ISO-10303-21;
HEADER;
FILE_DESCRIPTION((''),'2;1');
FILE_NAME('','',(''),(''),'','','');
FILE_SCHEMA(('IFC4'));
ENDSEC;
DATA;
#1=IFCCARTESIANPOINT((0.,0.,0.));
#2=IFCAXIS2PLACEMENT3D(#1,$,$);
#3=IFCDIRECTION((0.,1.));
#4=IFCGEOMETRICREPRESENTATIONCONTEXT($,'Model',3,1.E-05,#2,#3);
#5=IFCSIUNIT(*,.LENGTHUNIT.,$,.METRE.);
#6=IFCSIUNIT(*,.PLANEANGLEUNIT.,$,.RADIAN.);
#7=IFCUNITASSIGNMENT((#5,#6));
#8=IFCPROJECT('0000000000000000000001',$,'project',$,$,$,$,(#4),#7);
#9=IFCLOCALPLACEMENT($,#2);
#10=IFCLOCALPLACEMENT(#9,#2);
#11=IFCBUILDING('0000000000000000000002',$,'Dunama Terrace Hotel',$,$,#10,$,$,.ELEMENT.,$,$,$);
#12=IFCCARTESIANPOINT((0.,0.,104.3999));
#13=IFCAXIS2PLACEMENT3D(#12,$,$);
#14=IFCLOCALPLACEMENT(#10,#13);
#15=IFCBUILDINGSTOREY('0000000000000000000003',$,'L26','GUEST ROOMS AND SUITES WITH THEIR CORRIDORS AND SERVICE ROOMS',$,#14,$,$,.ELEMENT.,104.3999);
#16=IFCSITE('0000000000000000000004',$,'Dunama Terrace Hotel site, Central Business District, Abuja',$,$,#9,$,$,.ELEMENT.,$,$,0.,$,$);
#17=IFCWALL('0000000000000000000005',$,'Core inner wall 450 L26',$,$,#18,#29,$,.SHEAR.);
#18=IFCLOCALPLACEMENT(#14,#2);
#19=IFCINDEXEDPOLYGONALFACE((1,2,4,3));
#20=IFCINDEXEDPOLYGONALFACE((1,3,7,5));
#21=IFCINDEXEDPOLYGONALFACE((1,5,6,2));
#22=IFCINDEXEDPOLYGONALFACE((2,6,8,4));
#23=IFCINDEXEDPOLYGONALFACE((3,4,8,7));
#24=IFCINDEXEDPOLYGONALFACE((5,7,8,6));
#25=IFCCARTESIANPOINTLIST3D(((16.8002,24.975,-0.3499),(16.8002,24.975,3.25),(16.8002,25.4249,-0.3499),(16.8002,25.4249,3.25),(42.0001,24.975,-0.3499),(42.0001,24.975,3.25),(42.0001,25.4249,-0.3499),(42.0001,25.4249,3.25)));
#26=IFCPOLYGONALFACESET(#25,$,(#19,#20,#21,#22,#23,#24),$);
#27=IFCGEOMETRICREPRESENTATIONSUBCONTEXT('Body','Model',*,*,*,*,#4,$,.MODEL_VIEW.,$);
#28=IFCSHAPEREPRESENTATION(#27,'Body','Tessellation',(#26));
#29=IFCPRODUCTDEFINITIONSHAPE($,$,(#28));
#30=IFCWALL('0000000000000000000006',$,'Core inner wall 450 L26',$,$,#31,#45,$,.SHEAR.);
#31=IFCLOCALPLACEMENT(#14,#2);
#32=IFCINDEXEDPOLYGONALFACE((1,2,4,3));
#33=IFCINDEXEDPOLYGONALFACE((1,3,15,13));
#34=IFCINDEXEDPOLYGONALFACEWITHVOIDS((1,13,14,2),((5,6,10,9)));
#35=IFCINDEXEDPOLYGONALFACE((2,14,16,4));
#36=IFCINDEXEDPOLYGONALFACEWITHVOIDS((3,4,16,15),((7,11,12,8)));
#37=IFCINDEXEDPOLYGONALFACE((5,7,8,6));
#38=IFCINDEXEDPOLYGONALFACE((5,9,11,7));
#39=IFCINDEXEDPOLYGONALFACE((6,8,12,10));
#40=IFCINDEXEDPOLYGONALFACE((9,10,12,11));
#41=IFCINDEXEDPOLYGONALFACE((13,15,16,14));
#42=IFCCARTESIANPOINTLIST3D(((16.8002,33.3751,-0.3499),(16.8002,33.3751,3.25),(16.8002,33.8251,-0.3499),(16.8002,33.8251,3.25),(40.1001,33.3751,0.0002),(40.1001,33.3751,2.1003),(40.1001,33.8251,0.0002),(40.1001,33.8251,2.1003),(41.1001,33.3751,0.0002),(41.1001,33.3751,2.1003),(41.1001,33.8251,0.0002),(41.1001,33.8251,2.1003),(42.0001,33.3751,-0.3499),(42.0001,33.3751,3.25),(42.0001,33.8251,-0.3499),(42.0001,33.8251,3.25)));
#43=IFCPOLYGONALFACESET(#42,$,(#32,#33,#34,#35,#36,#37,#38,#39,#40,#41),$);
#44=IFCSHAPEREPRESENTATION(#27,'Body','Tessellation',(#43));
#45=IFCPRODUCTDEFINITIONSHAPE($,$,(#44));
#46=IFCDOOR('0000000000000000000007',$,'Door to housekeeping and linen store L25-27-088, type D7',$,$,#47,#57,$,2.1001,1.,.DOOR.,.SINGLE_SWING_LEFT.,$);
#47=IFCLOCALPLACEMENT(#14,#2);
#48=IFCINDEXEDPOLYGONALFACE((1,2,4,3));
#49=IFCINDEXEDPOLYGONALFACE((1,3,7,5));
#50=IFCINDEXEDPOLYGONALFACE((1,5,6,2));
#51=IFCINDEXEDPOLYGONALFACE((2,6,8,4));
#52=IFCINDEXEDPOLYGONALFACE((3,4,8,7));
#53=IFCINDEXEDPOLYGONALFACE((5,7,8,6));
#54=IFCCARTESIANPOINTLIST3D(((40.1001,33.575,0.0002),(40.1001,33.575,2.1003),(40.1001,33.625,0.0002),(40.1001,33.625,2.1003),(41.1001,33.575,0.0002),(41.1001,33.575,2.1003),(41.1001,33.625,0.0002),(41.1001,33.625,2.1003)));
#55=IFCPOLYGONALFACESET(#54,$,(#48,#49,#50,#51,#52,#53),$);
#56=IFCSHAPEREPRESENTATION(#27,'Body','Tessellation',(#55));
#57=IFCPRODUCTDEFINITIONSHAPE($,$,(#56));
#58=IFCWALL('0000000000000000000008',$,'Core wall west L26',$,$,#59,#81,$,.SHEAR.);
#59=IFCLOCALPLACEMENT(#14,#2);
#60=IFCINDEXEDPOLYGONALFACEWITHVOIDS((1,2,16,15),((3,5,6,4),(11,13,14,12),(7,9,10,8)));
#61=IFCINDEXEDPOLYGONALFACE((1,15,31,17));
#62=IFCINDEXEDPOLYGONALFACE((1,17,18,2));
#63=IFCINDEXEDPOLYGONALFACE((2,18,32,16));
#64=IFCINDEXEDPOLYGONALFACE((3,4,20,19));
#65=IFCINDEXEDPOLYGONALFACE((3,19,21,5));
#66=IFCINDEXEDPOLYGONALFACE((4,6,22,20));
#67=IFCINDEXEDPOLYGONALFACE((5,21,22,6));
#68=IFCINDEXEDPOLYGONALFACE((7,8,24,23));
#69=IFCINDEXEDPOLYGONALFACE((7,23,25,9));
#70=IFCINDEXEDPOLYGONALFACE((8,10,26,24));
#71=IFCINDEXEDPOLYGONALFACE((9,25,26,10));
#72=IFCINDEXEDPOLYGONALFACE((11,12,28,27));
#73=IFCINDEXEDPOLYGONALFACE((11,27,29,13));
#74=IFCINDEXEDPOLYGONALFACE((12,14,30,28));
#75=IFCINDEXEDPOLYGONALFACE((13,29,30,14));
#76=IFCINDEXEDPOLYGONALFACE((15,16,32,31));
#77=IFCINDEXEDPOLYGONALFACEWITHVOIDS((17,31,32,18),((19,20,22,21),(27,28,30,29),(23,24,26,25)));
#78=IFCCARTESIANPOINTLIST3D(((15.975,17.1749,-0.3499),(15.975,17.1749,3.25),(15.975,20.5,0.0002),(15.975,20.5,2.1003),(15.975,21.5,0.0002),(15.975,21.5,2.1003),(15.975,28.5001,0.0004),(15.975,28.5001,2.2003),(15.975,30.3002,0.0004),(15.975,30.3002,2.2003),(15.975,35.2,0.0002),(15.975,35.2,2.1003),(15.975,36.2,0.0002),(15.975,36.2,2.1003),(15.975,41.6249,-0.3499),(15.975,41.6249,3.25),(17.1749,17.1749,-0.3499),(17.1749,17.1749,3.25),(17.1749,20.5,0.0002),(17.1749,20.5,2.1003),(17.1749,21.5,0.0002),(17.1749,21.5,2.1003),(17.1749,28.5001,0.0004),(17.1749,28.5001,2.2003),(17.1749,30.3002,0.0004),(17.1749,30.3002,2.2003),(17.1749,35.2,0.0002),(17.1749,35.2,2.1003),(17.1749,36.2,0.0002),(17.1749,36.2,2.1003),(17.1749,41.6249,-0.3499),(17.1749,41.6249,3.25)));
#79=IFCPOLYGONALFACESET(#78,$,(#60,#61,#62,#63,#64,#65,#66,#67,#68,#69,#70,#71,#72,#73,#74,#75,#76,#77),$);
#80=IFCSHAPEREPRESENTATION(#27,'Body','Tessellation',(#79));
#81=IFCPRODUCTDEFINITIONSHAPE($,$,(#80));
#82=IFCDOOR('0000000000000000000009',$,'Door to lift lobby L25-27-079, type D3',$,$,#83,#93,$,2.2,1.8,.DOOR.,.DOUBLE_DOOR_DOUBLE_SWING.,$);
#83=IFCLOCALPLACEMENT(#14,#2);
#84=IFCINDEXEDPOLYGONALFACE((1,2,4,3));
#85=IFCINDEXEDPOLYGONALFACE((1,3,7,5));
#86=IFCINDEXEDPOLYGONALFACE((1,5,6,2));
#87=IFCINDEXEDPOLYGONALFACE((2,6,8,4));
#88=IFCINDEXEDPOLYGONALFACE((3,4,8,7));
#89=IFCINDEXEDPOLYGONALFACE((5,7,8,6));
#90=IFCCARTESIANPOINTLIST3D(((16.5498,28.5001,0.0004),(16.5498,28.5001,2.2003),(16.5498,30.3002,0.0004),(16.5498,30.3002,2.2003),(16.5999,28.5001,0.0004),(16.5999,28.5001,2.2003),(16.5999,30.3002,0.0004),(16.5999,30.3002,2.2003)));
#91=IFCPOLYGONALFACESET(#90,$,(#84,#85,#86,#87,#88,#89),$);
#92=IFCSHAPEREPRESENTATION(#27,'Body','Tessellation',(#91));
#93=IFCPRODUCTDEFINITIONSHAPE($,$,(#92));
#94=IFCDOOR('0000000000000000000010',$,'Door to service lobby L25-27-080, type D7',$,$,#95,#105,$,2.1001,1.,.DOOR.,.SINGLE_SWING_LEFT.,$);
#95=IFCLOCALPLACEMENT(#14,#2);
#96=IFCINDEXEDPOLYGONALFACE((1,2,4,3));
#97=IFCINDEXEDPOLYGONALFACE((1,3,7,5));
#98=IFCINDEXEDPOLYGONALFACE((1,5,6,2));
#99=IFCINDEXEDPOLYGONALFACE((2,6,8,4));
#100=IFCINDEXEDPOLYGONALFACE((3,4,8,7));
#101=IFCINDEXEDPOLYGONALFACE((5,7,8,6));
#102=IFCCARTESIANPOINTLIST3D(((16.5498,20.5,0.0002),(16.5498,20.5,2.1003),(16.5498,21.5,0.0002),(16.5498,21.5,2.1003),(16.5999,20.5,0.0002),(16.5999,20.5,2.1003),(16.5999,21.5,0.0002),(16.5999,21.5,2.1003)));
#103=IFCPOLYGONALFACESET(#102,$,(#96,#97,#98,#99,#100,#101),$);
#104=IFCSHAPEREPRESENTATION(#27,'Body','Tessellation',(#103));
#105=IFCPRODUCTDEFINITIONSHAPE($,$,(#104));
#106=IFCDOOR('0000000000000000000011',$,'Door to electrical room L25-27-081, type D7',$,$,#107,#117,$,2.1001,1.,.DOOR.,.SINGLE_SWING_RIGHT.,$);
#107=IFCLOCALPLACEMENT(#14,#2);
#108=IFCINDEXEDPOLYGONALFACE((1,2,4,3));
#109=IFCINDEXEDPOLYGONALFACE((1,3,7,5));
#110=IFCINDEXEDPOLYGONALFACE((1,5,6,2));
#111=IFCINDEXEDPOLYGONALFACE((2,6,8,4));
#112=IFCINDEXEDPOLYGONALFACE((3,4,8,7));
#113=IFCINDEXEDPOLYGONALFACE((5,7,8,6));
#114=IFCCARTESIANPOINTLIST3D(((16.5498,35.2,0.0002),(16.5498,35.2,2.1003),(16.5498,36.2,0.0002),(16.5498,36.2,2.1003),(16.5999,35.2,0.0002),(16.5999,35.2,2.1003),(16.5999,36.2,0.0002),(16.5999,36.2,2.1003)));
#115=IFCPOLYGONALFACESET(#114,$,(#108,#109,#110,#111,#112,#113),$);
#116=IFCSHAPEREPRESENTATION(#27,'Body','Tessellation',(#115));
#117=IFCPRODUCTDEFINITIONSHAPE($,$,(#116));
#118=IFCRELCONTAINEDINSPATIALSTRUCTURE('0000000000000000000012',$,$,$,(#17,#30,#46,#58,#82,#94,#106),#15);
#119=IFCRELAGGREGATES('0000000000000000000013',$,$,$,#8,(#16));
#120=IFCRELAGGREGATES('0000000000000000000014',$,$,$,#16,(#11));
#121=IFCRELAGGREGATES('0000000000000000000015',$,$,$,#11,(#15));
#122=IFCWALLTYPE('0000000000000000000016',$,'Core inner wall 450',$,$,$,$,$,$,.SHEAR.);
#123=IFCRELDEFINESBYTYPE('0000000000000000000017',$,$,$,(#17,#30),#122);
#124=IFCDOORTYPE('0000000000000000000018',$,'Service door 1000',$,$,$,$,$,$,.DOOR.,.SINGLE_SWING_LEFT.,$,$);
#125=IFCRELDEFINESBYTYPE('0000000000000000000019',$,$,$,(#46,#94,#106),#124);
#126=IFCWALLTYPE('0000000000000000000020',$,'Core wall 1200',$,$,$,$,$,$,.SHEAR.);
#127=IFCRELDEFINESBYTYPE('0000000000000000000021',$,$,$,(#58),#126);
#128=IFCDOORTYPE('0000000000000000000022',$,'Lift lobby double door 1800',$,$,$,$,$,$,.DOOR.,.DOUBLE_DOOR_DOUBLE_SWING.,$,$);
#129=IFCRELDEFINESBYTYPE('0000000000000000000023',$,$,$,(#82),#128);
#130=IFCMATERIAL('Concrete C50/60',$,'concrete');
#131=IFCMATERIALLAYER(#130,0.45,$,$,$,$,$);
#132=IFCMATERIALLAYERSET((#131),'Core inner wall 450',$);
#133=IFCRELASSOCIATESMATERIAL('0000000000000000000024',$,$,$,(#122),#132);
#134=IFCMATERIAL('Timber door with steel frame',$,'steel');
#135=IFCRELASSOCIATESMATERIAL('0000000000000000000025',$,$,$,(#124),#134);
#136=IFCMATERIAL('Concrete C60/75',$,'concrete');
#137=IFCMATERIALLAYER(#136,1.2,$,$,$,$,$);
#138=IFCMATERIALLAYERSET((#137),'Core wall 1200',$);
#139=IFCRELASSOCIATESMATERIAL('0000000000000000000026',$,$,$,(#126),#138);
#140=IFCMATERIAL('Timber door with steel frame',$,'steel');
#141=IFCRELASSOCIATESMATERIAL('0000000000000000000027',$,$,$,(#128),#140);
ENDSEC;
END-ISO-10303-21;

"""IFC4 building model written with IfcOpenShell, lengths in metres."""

from ifc_helpers import new_model, si_unit, direction, frame, frame_2d, origin, place, context, subcontext, project, spatial, rectangle, extrude, material, layer, layer_set, type_object, element, fill, save


model = new_model("IFC4")

# Units and contexts
model_context = context("Model", 3, precision=1e-05, world=origin(), true_north=direction((0.0, 1.0)))
body_context = subcontext(model_context, "Body", "Model", "MODEL_VIEW")
ifc_project = project(units=[si_unit("LENGTHUNIT", "METRE"), si_unit("PLANEANGLEUNIT", "RADIAN")], contexts=[model_context])

# Site, building, storey
site_placement = place(None, origin())
site = spatial("IfcSite", under=ifc_project, at=site_placement, Name="Dunama Terrace Hotel site, Central Business District, Abuja", CompositionType="ELEMENT", RefElevation=0.0)
building_placement = place(site_placement, origin())
building = spatial("IfcBuilding", under=site, at=building_placement, Name="Dunama Terrace Hotel", CompositionType="ELEMENT")
storey_placement = place(building_placement, frame((0.0, 0.0, 104.3999)))
storey = spatial("IfcBuildingStorey", under=building, at=storey_placement, Name="L26", Description="GUEST ROOMS AND SUITES WITH THEIR CORRIDORS AND SERVICE ROOMS", CompositionType="ELEMENT", Elevation=104.3999)

# Wall
ifc_material_1 = material(Name="Concrete C50/60", Category="concrete")
ifc_layer_1 = layer(ifc_material_1, 0.45)
ifc_layer_set_1 = layer_set([ifc_layer_1], Name="Core inner wall 450")
wall_type_1 = type_object("IfcWallType", Name="Core inner wall 450", PredefinedType="SHEAR", material=ifc_layer_set_1)
wall_1_placement = place(storey_placement, frame((16.8, 25.2, -0.3499), z_axis=(0.0, 0.0, 1.0), x_axis=(1.0, 0.0, 0.0)))
element("IfcWall", 1, at=wall_1_placement, inside=storey, type_object=wall_type_1, Name="Core inner wall 450 L26", PredefinedType="SHEAR", context=body_context, shape_type="SweptSolid", body=[
    extrude(rectangle(XDim=25.2, YDim=0.45, at=frame_2d((12.6001, 0.0))), origin(), (0.0, 0.0, 1.0), 3.5999),
])

# Wall, opening, door
wall_2_placement = place(storey_placement, frame((16.8, 33.6001, -0.3499), z_axis=(0.0, 0.0, 1.0), x_axis=(1.0, 0.0, 0.0)))
wall_2 = element("IfcWall", 2, at=wall_2_placement, inside=storey, type_object=wall_type_1, Name="Core inner wall 450 L26", PredefinedType="SHEAR", context=body_context, shape_type="SweptSolid", body=[
    extrude(rectangle(XDim=25.2, YDim=0.45, at=frame_2d((12.6001, 0.0))), origin(), (0.0, 0.0, 1.0), 3.5999),
])
opening_1_placement = place(wall_2_placement, frame((23.3, 0.0, 0.3501)))
opening_1 = element("IfcOpeningElement", 3, at=opening_1_placement, cuts=wall_2, PredefinedType="OPENING", context=body_context, shape_type="SweptSolid", body=[
    extrude(rectangle(XDim=1.0, YDim=2.1001, at=frame_2d((0.5, 1.05))), frame((0.0, 0.2349, 0.0), z_axis=(0.0, -1.0, 0.0), x_axis=(1.0, 0.0, 0.0)), (0.0, 0.0, 1.0), 0.47),
])
ifc_material_2 = material(Name="Timber door with steel frame", Category="steel")
door_type_1 = type_object("IfcDoorType", Name="Service door 1000", OperationType="SINGLE_SWING_LEFT", PredefinedType="DOOR", material=ifc_material_2)
door_1_placement = place(opening_1_placement, frame((1.0, 0.0, 0.0), z_axis=(0.0, 0.0, 1.0), x_axis=(-1.0, 0.0, 0.0)))
door_1 = element("IfcDoor", 4, at=door_1_placement, inside=storey, type_object=door_type_1, Name="Door to housekeeping and linen store L25-27-088, type D7", OperationType="SINGLE_SWING_LEFT", OverallHeight=2.1001, OverallWidth=1.0, PredefinedType="DOOR", context=body_context, shape_type="SweptSolid", body=[
    extrude(rectangle(XDim=1.0, YDim=2.1001, at=frame_2d((0.5, 1.05))), frame((0.0, 0.0251, 0.0), z_axis=(0.0, -1.0, 0.0), x_axis=(1.0, 0.0, 0.0)), (0.0, 0.0, 1.0), 0.05),
])
fill(opening_1, door_1)

# Wall, openings, doors
ifc_material_3 = material(Name="Concrete C60/75", Category="concrete")
ifc_layer_2 = layer(ifc_material_3, 1.2)
ifc_layer_set_2 = layer_set([ifc_layer_2], Name="Core wall 1200")
wall_type_2 = type_object("IfcWallType", Name="Core wall 1200", PredefinedType="SHEAR", material=ifc_layer_set_2)
wall_3_placement = place(storey_placement, frame((16.575, 41.625, -0.3499), z_axis=(0.0, 0.0, 1.0), x_axis=(0.0, -1.0, 0.0)))
wall_3 = element("IfcWall", 5, at=wall_3_placement, inside=storey, type_object=wall_type_2, Name="Core wall west L26", PredefinedType="SHEAR", context=body_context, shape_type="SweptSolid", body=[
    extrude(rectangle(XDim=24.45, YDim=1.2, at=frame_2d((12.2251, 0.0))), origin(), (0.0, 0.0, 1.0), 3.5999),
])
opening_2_placement = place(wall_3_placement, frame((11.325, 0.0, 0.3501)))
opening_2 = element("IfcOpeningElement", 6, at=opening_2_placement, cuts=wall_3, PredefinedType="OPENING", context=body_context, shape_type="SweptSolid", body=[
    extrude(rectangle(XDim=1.8, YDim=2.2, at=frame_2d((0.8999, 1.1001))), frame((0.0, 0.6099, 0.0), z_axis=(0.0, -1.0, 0.0), x_axis=(1.0, 0.0, 0.0)), (0.0, 0.0, 1.0), 1.22),
])
opening_3_placement = place(wall_3_placement, frame((20.125, 0.0, 0.3501)))
opening_3 = element("IfcOpeningElement", 7, at=opening_3_placement, cuts=wall_3, PredefinedType="OPENING", context=body_context, shape_type="SweptSolid", body=[
    extrude(rectangle(XDim=1.0, YDim=2.1001, at=frame_2d((0.5, 1.05))), frame((0.0, 0.6099, 0.0), z_axis=(0.0, -1.0, 0.0), x_axis=(1.0, 0.0, 0.0)), (0.0, 0.0, 1.0), 1.22),
])
opening_4_placement = place(wall_3_placement, frame((5.425, 0.0, 0.3501)))
opening_4 = element("IfcOpeningElement", 8, at=opening_4_placement, cuts=wall_3, PredefinedType="OPENING", context=body_context, shape_type="SweptSolid", body=[
    extrude(rectangle(XDim=1.0, YDim=2.1001, at=frame_2d((0.5, 1.05))), frame((0.0, 0.6099, 0.0), z_axis=(0.0, -1.0, 0.0), x_axis=(1.0, 0.0, 0.0)), (0.0, 0.0, 1.0), 1.22),
])
ifc_material_4 = material(Name="Timber door with steel frame", Category="steel")
door_type_2 = type_object("IfcDoorType", Name="Lift lobby double door 1800", OperationType="DOUBLE_DOOR_DOUBLE_SWING", PredefinedType="DOOR", material=ifc_material_4)
door_2_placement = place(opening_2_placement, origin())
door_2 = element("IfcDoor", 9, at=door_2_placement, inside=storey, type_object=door_type_2, Name="Door to lift lobby L25-27-079, type D3", OperationType="DOUBLE_DOOR_DOUBLE_SWING", OverallHeight=2.2, OverallWidth=1.8, PredefinedType="DOOR", context=body_context, shape_type="SweptSolid", body=[
    extrude(rectangle(XDim=1.8, YDim=2.2, at=frame_2d((0.8999, 1.1001))), frame((0.0, 0.0249, 0.0), z_axis=(0.0, -1.0, 0.0), x_axis=(1.0, 0.0, 0.0)), (0.0, 0.0, 1.0), 0.05),
])
fill(opening_2, door_2)
door_3_placement = place(opening_3_placement, origin())
door_3 = element("IfcDoor", 10, at=door_3_placement, inside=storey, type_object=door_type_1, Name="Door to service lobby L25-27-080, type D7", OperationType="SINGLE_SWING_LEFT", OverallHeight=2.1001, OverallWidth=1.0, PredefinedType="DOOR", context=body_context, shape_type="SweptSolid", body=[
    extrude(rectangle(XDim=1.0, YDim=2.1001, at=frame_2d((0.5, 1.05))), frame((0.0, 0.0249, 0.0), z_axis=(0.0, -1.0, 0.0), x_axis=(1.0, 0.0, 0.0)), (0.0, 0.0, 1.0), 0.05),
])
fill(opening_3, door_3)
door_4_placement = place(opening_4_placement, origin())
door_4 = element("IfcDoor", 11, at=door_4_placement, inside=storey, type_object=door_type_1, Name="Door to electrical room L25-27-081, type D7", OperationType="SINGLE_SWING_RIGHT", OverallHeight=2.1001, OverallWidth=1.0, PredefinedType="DOOR", context=body_context, shape_type="SweptSolid", body=[
    extrude(rectangle(XDim=1.0, YDim=2.1001, at=frame_2d((0.5, 1.05))), frame((0.0, 0.0249, 0.0), z_axis=(0.0, -1.0, 0.0), x_axis=(1.0, 0.0, 0.0)), (0.0, 0.0, 1.0), 0.05),
])
fill(opening_4, door_4)

save(model, "model.ifc")
